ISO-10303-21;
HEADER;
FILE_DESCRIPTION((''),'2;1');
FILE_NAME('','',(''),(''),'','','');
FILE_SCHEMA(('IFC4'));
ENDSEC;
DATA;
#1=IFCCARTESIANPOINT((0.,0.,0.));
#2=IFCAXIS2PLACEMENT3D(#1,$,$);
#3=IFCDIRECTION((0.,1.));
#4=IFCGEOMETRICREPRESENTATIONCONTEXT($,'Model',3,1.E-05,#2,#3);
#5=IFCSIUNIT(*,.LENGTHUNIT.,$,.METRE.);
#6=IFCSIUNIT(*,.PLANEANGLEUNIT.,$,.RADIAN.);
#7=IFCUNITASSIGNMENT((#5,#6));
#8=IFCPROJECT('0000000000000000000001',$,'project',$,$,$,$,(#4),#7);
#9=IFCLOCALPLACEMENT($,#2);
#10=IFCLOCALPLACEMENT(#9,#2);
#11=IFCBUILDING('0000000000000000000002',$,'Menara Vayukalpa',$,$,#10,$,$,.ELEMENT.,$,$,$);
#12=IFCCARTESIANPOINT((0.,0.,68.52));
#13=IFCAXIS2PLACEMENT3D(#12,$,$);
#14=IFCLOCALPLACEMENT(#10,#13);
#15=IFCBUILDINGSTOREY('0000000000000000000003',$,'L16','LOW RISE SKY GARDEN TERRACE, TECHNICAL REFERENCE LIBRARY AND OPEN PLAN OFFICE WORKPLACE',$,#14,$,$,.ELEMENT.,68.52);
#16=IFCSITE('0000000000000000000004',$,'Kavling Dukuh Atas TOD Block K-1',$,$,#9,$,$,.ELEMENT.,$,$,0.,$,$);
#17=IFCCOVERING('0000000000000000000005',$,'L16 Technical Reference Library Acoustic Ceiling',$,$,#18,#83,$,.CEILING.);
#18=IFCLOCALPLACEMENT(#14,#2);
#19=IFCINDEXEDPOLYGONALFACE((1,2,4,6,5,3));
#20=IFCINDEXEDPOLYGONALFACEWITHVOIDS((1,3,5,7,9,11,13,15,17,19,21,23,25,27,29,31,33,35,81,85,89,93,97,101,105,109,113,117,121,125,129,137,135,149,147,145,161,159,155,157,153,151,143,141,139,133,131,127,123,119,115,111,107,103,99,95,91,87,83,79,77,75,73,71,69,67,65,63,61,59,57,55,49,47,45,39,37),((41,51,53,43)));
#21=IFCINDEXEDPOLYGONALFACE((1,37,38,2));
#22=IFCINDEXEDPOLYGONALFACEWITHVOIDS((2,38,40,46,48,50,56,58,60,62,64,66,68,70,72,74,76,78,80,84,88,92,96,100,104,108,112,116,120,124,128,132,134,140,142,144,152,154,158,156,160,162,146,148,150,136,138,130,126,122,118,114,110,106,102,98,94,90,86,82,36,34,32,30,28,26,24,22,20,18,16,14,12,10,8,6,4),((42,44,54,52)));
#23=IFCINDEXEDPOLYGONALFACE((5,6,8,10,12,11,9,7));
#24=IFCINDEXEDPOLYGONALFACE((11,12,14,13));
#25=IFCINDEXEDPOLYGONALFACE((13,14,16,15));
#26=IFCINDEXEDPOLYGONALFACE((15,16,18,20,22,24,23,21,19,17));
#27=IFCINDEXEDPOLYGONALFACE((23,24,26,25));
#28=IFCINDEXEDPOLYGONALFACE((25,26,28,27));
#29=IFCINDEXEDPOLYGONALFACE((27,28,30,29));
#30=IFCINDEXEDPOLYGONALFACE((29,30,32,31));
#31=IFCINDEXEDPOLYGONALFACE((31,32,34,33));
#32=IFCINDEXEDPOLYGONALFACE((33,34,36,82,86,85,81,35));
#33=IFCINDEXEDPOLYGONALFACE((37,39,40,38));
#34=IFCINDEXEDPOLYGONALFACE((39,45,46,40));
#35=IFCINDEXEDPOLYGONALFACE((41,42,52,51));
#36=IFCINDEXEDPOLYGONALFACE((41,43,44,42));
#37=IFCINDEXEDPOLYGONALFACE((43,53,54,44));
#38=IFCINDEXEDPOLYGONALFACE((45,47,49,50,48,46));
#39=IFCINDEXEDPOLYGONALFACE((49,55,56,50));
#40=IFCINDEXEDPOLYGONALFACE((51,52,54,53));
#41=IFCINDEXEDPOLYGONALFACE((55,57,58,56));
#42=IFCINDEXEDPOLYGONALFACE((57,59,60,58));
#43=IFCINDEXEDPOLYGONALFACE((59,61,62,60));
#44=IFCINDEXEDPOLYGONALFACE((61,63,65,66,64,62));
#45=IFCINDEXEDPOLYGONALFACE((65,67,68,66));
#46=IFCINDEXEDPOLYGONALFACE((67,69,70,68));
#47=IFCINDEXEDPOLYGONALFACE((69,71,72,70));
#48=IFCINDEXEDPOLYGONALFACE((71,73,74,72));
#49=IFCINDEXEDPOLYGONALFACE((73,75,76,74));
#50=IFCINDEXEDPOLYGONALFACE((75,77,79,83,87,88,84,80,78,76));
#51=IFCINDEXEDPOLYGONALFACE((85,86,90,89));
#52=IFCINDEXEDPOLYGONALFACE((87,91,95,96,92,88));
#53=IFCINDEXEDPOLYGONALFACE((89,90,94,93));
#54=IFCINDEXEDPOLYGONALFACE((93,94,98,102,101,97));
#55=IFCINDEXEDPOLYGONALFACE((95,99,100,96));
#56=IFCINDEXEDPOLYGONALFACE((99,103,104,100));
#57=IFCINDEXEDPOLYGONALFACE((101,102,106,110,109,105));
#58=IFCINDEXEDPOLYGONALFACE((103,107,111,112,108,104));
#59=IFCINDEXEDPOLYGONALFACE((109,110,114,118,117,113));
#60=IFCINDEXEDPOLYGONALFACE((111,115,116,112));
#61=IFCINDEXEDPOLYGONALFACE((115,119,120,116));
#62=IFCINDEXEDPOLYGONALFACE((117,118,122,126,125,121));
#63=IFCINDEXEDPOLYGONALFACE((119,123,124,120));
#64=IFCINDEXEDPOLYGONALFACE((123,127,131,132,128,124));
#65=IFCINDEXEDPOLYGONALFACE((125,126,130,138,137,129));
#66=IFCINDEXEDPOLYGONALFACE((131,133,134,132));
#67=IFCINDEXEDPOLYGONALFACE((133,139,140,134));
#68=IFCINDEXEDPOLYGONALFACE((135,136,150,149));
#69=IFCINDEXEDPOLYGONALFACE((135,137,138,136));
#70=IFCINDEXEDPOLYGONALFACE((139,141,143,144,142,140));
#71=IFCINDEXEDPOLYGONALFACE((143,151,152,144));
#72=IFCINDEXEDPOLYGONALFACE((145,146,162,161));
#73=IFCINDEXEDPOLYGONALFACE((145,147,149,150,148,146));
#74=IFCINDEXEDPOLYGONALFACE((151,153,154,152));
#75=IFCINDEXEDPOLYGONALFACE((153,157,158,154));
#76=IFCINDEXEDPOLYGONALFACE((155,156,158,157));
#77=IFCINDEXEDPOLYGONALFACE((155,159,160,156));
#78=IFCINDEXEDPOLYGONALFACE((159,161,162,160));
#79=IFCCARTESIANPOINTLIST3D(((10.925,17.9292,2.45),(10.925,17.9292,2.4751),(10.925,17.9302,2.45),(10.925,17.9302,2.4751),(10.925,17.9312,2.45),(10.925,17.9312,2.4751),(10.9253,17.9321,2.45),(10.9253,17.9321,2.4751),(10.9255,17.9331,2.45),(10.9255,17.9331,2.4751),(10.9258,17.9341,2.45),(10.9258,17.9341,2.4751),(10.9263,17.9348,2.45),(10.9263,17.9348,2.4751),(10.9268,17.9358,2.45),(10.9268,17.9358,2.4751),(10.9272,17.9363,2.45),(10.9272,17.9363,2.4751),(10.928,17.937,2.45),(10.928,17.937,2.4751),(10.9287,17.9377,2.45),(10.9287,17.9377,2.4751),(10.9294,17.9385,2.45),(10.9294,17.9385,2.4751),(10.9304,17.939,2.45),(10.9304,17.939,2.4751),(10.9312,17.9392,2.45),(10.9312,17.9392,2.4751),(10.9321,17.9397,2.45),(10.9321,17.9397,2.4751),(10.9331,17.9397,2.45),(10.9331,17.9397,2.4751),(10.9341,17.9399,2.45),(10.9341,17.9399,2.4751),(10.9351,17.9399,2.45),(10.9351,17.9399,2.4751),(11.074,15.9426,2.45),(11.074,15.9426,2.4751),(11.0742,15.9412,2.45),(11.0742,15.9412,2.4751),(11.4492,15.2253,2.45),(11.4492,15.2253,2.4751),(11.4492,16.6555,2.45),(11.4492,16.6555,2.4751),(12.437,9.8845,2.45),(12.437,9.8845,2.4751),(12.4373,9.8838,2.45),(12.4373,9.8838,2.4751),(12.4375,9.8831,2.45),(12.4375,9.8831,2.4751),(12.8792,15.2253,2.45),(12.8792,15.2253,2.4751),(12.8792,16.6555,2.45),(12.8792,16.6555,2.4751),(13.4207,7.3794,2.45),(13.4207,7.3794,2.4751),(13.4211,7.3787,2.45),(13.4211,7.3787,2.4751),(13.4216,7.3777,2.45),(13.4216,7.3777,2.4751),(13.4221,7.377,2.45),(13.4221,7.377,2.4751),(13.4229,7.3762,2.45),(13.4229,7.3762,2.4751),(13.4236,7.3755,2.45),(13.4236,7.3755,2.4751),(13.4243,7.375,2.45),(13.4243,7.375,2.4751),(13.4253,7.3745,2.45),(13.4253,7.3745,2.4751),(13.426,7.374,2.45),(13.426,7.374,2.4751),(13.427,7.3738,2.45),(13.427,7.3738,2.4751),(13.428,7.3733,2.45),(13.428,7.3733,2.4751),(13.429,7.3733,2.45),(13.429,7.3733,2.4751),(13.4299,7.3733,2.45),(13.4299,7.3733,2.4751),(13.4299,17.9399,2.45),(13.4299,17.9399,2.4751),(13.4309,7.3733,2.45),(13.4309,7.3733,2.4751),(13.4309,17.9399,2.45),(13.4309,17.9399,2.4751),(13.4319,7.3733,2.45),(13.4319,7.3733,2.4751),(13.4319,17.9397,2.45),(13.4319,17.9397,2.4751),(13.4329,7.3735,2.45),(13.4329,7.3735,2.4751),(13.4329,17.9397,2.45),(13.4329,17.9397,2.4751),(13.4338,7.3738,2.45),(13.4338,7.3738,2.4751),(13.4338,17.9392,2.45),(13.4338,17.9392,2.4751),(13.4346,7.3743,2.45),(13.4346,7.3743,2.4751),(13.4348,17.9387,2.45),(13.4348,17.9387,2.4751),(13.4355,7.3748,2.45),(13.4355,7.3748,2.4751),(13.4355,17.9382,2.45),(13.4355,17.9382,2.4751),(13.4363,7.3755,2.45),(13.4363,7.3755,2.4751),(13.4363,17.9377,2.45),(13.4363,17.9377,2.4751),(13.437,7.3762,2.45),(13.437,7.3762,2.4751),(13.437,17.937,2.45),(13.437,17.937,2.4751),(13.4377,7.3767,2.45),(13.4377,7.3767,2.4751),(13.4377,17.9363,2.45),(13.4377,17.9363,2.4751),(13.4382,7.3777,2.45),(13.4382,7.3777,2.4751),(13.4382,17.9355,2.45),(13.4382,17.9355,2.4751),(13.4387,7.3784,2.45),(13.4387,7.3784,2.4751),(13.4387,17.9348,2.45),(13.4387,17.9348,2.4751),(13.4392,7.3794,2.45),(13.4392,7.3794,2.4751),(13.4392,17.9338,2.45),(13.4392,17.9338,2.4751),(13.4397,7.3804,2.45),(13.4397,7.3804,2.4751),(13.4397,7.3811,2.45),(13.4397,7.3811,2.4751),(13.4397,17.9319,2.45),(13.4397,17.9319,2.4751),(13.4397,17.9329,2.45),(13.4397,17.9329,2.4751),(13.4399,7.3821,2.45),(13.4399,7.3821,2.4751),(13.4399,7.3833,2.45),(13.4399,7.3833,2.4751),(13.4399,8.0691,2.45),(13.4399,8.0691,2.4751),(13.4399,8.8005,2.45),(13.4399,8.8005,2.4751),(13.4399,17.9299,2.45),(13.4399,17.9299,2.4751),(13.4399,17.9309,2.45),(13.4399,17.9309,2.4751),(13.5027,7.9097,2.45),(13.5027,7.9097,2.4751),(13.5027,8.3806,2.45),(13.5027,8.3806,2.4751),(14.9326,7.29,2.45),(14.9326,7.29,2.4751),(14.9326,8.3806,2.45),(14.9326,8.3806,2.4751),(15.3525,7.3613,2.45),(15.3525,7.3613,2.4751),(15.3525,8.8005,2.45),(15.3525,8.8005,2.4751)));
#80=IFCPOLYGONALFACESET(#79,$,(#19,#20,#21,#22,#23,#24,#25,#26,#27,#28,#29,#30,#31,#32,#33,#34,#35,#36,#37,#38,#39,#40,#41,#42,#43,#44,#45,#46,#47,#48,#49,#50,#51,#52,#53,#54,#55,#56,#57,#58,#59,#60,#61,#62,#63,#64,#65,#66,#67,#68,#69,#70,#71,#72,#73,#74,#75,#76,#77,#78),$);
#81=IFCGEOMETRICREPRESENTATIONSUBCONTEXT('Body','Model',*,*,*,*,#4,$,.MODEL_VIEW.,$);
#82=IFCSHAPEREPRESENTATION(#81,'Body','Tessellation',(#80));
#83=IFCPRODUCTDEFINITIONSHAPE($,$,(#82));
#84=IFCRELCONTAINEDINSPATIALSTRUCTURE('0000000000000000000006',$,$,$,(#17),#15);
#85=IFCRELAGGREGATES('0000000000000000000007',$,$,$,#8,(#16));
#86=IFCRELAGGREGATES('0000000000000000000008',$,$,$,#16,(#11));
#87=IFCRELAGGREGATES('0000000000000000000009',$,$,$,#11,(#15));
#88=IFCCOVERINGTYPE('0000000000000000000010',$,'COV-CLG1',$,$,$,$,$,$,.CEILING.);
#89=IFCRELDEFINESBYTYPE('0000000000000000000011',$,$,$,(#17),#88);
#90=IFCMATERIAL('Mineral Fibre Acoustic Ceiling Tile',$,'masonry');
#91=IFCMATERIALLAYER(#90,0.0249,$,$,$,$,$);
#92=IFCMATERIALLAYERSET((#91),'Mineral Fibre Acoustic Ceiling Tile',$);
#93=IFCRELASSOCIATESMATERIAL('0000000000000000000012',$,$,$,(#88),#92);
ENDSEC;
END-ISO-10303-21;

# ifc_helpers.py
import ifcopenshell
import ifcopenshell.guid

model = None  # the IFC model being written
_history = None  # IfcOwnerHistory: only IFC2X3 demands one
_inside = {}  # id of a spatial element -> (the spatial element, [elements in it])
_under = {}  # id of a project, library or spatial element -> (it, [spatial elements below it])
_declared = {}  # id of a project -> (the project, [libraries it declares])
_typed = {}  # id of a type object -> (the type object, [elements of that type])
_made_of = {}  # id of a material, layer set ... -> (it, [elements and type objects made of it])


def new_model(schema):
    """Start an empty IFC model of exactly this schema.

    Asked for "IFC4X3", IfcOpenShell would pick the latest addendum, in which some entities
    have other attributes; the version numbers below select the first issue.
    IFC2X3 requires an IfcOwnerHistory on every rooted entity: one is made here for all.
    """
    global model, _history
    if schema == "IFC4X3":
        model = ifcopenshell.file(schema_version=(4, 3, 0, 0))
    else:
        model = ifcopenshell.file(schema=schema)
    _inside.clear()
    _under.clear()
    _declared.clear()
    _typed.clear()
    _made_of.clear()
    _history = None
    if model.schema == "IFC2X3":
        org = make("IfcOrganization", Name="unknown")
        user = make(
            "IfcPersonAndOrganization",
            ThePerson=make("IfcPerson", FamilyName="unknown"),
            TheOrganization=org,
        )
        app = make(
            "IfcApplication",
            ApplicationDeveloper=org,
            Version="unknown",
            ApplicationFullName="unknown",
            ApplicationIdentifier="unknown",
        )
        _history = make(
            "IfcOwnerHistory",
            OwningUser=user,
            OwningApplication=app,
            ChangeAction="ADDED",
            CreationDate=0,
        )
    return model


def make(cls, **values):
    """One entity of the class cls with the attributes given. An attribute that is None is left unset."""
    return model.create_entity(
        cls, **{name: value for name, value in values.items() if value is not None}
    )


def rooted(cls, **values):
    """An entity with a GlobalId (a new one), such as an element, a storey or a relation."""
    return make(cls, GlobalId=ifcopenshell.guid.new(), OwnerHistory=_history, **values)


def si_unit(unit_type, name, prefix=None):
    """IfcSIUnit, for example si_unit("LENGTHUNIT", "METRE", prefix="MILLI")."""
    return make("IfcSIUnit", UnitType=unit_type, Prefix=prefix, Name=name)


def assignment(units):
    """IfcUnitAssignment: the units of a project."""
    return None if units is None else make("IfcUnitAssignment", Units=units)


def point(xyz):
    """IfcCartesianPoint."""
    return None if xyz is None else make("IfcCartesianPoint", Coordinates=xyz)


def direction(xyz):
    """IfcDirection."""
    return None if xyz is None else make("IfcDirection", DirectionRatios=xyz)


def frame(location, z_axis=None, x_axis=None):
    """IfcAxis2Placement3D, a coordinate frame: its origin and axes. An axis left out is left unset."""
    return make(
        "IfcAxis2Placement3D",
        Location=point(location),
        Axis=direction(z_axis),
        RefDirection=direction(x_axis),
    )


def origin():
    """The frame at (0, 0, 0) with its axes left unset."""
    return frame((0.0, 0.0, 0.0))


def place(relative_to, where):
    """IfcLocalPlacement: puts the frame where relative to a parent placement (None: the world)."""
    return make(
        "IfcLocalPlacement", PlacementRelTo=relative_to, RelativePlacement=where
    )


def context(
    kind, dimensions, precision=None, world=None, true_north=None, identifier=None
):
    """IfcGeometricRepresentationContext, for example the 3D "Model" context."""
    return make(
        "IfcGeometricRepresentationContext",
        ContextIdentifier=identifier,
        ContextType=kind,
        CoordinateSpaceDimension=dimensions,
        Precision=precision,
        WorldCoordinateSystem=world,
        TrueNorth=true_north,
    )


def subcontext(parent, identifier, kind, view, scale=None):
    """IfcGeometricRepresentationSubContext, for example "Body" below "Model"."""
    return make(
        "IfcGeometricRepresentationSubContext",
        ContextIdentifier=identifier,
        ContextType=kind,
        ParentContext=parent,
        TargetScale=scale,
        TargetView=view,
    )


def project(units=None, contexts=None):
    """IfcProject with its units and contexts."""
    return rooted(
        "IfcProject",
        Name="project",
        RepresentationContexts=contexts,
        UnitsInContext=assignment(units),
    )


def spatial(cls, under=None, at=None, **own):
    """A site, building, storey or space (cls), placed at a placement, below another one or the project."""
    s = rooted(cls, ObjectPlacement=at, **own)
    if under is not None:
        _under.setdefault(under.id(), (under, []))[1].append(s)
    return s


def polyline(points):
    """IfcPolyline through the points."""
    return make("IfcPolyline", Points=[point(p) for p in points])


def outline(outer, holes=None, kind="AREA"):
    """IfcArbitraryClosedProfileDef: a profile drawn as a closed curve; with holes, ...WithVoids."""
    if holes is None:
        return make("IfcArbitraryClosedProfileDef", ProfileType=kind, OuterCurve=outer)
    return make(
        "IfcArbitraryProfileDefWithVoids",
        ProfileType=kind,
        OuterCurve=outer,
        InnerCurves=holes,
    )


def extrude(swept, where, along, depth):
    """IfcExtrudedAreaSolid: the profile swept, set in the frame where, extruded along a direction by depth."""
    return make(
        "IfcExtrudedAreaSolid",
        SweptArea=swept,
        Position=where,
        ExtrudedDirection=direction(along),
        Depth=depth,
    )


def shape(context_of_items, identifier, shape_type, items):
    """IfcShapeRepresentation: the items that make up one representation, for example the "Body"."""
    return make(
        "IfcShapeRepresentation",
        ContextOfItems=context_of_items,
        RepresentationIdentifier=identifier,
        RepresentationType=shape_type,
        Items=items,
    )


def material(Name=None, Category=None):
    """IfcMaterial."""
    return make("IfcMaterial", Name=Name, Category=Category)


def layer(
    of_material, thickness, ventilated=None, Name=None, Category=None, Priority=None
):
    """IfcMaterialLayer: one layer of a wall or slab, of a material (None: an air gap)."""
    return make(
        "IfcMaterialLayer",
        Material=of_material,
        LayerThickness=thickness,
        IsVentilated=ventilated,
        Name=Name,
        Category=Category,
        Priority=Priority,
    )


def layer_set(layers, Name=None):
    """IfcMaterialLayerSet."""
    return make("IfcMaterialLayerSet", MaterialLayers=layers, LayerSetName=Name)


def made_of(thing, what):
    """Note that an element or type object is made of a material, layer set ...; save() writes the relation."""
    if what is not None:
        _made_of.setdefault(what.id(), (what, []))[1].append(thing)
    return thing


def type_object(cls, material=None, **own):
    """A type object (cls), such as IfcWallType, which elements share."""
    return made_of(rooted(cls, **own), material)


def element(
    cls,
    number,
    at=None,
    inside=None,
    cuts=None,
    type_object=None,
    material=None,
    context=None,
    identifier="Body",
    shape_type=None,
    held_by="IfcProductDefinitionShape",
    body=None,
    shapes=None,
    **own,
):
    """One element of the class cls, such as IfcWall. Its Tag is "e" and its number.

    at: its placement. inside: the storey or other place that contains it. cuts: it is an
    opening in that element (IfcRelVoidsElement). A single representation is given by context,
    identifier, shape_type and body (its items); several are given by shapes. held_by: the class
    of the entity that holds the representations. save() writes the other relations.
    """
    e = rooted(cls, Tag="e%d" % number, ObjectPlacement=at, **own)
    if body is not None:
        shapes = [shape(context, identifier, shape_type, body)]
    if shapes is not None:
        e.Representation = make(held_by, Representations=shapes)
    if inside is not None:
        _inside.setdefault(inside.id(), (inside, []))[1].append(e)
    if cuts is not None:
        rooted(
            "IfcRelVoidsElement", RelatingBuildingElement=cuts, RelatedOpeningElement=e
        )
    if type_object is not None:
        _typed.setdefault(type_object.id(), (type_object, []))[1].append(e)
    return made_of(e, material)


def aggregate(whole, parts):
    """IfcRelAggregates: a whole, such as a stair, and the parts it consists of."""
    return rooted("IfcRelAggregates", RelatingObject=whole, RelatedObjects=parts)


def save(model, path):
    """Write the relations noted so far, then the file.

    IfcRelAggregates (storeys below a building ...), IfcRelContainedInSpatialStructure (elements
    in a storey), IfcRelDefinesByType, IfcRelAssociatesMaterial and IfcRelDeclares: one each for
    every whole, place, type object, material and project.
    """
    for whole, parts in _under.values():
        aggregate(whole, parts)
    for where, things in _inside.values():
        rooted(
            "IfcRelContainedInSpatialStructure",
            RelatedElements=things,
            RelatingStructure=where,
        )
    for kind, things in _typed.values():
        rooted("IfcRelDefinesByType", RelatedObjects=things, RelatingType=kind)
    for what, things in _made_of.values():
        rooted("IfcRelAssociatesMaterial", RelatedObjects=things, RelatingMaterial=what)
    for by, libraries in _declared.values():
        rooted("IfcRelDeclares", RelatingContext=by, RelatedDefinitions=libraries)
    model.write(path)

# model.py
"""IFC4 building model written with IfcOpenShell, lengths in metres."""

from ifc_helpers import new_model, si_unit, direction, frame, origin, place, context, subcontext, project, spatial, polyline, outline, extrude, material, layer, layer_set, type_object, element, save


model = new_model("IFC4")

# Units and contexts
model_context = context("Model", 3, precision=1e-05, world=origin(), true_north=direction((0.0, 1.0)))
body_context = subcontext(model_context, "Body", "Model", "MODEL_VIEW")
ifc_project = project(units=[si_unit("LENGTHUNIT", "METRE"), si_unit("PLANEANGLEUNIT", "RADIAN")], contexts=[model_context])

# Site, building, storey
site_placement = place(None, origin())
site = spatial("IfcSite", under=ifc_project, at=site_placement, Name="Kavling Dukuh Atas TOD Block K-1", CompositionType="ELEMENT", RefElevation=0.0)
building_placement = place(site_placement, origin())
building = spatial("IfcBuilding", under=site, at=building_placement, Name="Menara Vayukalpa", CompositionType="ELEMENT")
storey_placement = place(building_placement, frame((0.0, 0.0, 68.52)))
storey = spatial("IfcBuildingStorey", under=building, at=storey_placement, Name="L16", Description="LOW RISE SKY GARDEN TERRACE, TECHNICAL REFERENCE LIBRARY AND OPEN PLAN OFFICE WORKPLACE", CompositionType="ELEMENT", Elevation=68.52)

# Covering
ifc_material_1 = material(Name="Mineral Fibre Acoustic Ceiling Tile", Category="masonry")
ifc_layer_1 = layer(ifc_material_1, 0.0249)
ifc_layer_set_1 = layer_set([ifc_layer_1], Name="Mineral Fibre Acoustic Ceiling Tile")
covering_type_1 = type_object("IfcCoveringType", Name="COV-CLG1", PredefinedType="CEILING", material=ifc_layer_set_1)
covering_1_placement = place(storey_placement, frame((0.0, 0.0, 2.45)))
element("IfcCovering", 1, at=covering_1_placement, inside=storey, type_object=covering_type_1, Name="L16 Technical Reference Library Acoustic Ceiling", PredefinedType="CEILING", context=body_context, shape_type="SweptSolid", body=[
    extrude(outline(polyline([(14.9326, 7.29), (14.9326, 8.3806), (13.5027, 8.3806), (13.5027, 7.9097), (13.4399, 8.0691), (13.4399, 7.3833), (13.4399, 7.3821), (13.4397, 7.3811), (13.4397, 7.3804), (13.4392, 7.3794), (13.4387, 7.3784), (13.4382, 7.3777), (13.4377, 7.3767), (13.437, 7.3762), (13.4363, 7.3755), (13.4355, 7.3748), (13.4346, 7.3743), (13.4338, 7.3738), (13.4329, 7.3735), (13.4319, 7.3733), (13.4309, 7.3733), (13.4299, 7.3733), (13.429, 7.3733), (13.428, 7.3733), (13.427, 7.3738), (13.426, 7.374), (13.4253, 7.3745), (13.4243, 7.375), (13.4236, 7.3755), (13.4229, 7.3762), (13.4221, 7.377), (13.4216, 7.3777), (13.4211, 7.3787), (13.4207, 7.3794), (12.4375, 9.8831), (12.4373, 9.8838), (12.437, 9.8845), (11.0742, 15.9412), (11.074, 15.9426), (10.925, 17.9292), (10.925, 17.9302), (10.925, 17.9312), (10.9253, 17.9321), (10.9255, 17.9331), (10.9258, 17.9341), (10.9263, 17.9348), (10.9268, 17.9358), (10.9272, 17.9363), (10.928, 17.937), (10.9287, 17.9377), (10.9294, 17.9385), (10.9304, 17.939), (10.9312, 17.9392), (10.9321, 17.9397), (10.9331, 17.9397), (10.9341, 17.9399), (10.9351, 17.9399), (13.4299, 17.9399), (13.4309, 17.9399), (13.4319, 17.9397), (13.4329, 17.9397), (13.4338, 17.9392), (13.4348, 17.9387), (13.4355, 17.9382), (13.4363, 17.9377), (13.437, 17.937), (13.4377, 17.9363), (13.4382, 17.9355), (13.4387, 17.9348), (13.4392, 17.9338), (13.4397, 17.9329), (13.4397, 17.9319), (13.4399, 17.9309), (13.4399, 17.9299), (13.4399, 8.8005), (15.3525, 8.8005), (15.3525, 7.3613), (14.9326, 7.29)]), holes=[polyline([(12.8792, 16.6555), (11.4492, 16.6555), (11.4492, 15.2253), (12.8792, 15.2253), (12.8792, 16.6555)])]), origin(), (0.0, 0.0, 1.0), 0.0251),
])

save(model, "model.ifc")
